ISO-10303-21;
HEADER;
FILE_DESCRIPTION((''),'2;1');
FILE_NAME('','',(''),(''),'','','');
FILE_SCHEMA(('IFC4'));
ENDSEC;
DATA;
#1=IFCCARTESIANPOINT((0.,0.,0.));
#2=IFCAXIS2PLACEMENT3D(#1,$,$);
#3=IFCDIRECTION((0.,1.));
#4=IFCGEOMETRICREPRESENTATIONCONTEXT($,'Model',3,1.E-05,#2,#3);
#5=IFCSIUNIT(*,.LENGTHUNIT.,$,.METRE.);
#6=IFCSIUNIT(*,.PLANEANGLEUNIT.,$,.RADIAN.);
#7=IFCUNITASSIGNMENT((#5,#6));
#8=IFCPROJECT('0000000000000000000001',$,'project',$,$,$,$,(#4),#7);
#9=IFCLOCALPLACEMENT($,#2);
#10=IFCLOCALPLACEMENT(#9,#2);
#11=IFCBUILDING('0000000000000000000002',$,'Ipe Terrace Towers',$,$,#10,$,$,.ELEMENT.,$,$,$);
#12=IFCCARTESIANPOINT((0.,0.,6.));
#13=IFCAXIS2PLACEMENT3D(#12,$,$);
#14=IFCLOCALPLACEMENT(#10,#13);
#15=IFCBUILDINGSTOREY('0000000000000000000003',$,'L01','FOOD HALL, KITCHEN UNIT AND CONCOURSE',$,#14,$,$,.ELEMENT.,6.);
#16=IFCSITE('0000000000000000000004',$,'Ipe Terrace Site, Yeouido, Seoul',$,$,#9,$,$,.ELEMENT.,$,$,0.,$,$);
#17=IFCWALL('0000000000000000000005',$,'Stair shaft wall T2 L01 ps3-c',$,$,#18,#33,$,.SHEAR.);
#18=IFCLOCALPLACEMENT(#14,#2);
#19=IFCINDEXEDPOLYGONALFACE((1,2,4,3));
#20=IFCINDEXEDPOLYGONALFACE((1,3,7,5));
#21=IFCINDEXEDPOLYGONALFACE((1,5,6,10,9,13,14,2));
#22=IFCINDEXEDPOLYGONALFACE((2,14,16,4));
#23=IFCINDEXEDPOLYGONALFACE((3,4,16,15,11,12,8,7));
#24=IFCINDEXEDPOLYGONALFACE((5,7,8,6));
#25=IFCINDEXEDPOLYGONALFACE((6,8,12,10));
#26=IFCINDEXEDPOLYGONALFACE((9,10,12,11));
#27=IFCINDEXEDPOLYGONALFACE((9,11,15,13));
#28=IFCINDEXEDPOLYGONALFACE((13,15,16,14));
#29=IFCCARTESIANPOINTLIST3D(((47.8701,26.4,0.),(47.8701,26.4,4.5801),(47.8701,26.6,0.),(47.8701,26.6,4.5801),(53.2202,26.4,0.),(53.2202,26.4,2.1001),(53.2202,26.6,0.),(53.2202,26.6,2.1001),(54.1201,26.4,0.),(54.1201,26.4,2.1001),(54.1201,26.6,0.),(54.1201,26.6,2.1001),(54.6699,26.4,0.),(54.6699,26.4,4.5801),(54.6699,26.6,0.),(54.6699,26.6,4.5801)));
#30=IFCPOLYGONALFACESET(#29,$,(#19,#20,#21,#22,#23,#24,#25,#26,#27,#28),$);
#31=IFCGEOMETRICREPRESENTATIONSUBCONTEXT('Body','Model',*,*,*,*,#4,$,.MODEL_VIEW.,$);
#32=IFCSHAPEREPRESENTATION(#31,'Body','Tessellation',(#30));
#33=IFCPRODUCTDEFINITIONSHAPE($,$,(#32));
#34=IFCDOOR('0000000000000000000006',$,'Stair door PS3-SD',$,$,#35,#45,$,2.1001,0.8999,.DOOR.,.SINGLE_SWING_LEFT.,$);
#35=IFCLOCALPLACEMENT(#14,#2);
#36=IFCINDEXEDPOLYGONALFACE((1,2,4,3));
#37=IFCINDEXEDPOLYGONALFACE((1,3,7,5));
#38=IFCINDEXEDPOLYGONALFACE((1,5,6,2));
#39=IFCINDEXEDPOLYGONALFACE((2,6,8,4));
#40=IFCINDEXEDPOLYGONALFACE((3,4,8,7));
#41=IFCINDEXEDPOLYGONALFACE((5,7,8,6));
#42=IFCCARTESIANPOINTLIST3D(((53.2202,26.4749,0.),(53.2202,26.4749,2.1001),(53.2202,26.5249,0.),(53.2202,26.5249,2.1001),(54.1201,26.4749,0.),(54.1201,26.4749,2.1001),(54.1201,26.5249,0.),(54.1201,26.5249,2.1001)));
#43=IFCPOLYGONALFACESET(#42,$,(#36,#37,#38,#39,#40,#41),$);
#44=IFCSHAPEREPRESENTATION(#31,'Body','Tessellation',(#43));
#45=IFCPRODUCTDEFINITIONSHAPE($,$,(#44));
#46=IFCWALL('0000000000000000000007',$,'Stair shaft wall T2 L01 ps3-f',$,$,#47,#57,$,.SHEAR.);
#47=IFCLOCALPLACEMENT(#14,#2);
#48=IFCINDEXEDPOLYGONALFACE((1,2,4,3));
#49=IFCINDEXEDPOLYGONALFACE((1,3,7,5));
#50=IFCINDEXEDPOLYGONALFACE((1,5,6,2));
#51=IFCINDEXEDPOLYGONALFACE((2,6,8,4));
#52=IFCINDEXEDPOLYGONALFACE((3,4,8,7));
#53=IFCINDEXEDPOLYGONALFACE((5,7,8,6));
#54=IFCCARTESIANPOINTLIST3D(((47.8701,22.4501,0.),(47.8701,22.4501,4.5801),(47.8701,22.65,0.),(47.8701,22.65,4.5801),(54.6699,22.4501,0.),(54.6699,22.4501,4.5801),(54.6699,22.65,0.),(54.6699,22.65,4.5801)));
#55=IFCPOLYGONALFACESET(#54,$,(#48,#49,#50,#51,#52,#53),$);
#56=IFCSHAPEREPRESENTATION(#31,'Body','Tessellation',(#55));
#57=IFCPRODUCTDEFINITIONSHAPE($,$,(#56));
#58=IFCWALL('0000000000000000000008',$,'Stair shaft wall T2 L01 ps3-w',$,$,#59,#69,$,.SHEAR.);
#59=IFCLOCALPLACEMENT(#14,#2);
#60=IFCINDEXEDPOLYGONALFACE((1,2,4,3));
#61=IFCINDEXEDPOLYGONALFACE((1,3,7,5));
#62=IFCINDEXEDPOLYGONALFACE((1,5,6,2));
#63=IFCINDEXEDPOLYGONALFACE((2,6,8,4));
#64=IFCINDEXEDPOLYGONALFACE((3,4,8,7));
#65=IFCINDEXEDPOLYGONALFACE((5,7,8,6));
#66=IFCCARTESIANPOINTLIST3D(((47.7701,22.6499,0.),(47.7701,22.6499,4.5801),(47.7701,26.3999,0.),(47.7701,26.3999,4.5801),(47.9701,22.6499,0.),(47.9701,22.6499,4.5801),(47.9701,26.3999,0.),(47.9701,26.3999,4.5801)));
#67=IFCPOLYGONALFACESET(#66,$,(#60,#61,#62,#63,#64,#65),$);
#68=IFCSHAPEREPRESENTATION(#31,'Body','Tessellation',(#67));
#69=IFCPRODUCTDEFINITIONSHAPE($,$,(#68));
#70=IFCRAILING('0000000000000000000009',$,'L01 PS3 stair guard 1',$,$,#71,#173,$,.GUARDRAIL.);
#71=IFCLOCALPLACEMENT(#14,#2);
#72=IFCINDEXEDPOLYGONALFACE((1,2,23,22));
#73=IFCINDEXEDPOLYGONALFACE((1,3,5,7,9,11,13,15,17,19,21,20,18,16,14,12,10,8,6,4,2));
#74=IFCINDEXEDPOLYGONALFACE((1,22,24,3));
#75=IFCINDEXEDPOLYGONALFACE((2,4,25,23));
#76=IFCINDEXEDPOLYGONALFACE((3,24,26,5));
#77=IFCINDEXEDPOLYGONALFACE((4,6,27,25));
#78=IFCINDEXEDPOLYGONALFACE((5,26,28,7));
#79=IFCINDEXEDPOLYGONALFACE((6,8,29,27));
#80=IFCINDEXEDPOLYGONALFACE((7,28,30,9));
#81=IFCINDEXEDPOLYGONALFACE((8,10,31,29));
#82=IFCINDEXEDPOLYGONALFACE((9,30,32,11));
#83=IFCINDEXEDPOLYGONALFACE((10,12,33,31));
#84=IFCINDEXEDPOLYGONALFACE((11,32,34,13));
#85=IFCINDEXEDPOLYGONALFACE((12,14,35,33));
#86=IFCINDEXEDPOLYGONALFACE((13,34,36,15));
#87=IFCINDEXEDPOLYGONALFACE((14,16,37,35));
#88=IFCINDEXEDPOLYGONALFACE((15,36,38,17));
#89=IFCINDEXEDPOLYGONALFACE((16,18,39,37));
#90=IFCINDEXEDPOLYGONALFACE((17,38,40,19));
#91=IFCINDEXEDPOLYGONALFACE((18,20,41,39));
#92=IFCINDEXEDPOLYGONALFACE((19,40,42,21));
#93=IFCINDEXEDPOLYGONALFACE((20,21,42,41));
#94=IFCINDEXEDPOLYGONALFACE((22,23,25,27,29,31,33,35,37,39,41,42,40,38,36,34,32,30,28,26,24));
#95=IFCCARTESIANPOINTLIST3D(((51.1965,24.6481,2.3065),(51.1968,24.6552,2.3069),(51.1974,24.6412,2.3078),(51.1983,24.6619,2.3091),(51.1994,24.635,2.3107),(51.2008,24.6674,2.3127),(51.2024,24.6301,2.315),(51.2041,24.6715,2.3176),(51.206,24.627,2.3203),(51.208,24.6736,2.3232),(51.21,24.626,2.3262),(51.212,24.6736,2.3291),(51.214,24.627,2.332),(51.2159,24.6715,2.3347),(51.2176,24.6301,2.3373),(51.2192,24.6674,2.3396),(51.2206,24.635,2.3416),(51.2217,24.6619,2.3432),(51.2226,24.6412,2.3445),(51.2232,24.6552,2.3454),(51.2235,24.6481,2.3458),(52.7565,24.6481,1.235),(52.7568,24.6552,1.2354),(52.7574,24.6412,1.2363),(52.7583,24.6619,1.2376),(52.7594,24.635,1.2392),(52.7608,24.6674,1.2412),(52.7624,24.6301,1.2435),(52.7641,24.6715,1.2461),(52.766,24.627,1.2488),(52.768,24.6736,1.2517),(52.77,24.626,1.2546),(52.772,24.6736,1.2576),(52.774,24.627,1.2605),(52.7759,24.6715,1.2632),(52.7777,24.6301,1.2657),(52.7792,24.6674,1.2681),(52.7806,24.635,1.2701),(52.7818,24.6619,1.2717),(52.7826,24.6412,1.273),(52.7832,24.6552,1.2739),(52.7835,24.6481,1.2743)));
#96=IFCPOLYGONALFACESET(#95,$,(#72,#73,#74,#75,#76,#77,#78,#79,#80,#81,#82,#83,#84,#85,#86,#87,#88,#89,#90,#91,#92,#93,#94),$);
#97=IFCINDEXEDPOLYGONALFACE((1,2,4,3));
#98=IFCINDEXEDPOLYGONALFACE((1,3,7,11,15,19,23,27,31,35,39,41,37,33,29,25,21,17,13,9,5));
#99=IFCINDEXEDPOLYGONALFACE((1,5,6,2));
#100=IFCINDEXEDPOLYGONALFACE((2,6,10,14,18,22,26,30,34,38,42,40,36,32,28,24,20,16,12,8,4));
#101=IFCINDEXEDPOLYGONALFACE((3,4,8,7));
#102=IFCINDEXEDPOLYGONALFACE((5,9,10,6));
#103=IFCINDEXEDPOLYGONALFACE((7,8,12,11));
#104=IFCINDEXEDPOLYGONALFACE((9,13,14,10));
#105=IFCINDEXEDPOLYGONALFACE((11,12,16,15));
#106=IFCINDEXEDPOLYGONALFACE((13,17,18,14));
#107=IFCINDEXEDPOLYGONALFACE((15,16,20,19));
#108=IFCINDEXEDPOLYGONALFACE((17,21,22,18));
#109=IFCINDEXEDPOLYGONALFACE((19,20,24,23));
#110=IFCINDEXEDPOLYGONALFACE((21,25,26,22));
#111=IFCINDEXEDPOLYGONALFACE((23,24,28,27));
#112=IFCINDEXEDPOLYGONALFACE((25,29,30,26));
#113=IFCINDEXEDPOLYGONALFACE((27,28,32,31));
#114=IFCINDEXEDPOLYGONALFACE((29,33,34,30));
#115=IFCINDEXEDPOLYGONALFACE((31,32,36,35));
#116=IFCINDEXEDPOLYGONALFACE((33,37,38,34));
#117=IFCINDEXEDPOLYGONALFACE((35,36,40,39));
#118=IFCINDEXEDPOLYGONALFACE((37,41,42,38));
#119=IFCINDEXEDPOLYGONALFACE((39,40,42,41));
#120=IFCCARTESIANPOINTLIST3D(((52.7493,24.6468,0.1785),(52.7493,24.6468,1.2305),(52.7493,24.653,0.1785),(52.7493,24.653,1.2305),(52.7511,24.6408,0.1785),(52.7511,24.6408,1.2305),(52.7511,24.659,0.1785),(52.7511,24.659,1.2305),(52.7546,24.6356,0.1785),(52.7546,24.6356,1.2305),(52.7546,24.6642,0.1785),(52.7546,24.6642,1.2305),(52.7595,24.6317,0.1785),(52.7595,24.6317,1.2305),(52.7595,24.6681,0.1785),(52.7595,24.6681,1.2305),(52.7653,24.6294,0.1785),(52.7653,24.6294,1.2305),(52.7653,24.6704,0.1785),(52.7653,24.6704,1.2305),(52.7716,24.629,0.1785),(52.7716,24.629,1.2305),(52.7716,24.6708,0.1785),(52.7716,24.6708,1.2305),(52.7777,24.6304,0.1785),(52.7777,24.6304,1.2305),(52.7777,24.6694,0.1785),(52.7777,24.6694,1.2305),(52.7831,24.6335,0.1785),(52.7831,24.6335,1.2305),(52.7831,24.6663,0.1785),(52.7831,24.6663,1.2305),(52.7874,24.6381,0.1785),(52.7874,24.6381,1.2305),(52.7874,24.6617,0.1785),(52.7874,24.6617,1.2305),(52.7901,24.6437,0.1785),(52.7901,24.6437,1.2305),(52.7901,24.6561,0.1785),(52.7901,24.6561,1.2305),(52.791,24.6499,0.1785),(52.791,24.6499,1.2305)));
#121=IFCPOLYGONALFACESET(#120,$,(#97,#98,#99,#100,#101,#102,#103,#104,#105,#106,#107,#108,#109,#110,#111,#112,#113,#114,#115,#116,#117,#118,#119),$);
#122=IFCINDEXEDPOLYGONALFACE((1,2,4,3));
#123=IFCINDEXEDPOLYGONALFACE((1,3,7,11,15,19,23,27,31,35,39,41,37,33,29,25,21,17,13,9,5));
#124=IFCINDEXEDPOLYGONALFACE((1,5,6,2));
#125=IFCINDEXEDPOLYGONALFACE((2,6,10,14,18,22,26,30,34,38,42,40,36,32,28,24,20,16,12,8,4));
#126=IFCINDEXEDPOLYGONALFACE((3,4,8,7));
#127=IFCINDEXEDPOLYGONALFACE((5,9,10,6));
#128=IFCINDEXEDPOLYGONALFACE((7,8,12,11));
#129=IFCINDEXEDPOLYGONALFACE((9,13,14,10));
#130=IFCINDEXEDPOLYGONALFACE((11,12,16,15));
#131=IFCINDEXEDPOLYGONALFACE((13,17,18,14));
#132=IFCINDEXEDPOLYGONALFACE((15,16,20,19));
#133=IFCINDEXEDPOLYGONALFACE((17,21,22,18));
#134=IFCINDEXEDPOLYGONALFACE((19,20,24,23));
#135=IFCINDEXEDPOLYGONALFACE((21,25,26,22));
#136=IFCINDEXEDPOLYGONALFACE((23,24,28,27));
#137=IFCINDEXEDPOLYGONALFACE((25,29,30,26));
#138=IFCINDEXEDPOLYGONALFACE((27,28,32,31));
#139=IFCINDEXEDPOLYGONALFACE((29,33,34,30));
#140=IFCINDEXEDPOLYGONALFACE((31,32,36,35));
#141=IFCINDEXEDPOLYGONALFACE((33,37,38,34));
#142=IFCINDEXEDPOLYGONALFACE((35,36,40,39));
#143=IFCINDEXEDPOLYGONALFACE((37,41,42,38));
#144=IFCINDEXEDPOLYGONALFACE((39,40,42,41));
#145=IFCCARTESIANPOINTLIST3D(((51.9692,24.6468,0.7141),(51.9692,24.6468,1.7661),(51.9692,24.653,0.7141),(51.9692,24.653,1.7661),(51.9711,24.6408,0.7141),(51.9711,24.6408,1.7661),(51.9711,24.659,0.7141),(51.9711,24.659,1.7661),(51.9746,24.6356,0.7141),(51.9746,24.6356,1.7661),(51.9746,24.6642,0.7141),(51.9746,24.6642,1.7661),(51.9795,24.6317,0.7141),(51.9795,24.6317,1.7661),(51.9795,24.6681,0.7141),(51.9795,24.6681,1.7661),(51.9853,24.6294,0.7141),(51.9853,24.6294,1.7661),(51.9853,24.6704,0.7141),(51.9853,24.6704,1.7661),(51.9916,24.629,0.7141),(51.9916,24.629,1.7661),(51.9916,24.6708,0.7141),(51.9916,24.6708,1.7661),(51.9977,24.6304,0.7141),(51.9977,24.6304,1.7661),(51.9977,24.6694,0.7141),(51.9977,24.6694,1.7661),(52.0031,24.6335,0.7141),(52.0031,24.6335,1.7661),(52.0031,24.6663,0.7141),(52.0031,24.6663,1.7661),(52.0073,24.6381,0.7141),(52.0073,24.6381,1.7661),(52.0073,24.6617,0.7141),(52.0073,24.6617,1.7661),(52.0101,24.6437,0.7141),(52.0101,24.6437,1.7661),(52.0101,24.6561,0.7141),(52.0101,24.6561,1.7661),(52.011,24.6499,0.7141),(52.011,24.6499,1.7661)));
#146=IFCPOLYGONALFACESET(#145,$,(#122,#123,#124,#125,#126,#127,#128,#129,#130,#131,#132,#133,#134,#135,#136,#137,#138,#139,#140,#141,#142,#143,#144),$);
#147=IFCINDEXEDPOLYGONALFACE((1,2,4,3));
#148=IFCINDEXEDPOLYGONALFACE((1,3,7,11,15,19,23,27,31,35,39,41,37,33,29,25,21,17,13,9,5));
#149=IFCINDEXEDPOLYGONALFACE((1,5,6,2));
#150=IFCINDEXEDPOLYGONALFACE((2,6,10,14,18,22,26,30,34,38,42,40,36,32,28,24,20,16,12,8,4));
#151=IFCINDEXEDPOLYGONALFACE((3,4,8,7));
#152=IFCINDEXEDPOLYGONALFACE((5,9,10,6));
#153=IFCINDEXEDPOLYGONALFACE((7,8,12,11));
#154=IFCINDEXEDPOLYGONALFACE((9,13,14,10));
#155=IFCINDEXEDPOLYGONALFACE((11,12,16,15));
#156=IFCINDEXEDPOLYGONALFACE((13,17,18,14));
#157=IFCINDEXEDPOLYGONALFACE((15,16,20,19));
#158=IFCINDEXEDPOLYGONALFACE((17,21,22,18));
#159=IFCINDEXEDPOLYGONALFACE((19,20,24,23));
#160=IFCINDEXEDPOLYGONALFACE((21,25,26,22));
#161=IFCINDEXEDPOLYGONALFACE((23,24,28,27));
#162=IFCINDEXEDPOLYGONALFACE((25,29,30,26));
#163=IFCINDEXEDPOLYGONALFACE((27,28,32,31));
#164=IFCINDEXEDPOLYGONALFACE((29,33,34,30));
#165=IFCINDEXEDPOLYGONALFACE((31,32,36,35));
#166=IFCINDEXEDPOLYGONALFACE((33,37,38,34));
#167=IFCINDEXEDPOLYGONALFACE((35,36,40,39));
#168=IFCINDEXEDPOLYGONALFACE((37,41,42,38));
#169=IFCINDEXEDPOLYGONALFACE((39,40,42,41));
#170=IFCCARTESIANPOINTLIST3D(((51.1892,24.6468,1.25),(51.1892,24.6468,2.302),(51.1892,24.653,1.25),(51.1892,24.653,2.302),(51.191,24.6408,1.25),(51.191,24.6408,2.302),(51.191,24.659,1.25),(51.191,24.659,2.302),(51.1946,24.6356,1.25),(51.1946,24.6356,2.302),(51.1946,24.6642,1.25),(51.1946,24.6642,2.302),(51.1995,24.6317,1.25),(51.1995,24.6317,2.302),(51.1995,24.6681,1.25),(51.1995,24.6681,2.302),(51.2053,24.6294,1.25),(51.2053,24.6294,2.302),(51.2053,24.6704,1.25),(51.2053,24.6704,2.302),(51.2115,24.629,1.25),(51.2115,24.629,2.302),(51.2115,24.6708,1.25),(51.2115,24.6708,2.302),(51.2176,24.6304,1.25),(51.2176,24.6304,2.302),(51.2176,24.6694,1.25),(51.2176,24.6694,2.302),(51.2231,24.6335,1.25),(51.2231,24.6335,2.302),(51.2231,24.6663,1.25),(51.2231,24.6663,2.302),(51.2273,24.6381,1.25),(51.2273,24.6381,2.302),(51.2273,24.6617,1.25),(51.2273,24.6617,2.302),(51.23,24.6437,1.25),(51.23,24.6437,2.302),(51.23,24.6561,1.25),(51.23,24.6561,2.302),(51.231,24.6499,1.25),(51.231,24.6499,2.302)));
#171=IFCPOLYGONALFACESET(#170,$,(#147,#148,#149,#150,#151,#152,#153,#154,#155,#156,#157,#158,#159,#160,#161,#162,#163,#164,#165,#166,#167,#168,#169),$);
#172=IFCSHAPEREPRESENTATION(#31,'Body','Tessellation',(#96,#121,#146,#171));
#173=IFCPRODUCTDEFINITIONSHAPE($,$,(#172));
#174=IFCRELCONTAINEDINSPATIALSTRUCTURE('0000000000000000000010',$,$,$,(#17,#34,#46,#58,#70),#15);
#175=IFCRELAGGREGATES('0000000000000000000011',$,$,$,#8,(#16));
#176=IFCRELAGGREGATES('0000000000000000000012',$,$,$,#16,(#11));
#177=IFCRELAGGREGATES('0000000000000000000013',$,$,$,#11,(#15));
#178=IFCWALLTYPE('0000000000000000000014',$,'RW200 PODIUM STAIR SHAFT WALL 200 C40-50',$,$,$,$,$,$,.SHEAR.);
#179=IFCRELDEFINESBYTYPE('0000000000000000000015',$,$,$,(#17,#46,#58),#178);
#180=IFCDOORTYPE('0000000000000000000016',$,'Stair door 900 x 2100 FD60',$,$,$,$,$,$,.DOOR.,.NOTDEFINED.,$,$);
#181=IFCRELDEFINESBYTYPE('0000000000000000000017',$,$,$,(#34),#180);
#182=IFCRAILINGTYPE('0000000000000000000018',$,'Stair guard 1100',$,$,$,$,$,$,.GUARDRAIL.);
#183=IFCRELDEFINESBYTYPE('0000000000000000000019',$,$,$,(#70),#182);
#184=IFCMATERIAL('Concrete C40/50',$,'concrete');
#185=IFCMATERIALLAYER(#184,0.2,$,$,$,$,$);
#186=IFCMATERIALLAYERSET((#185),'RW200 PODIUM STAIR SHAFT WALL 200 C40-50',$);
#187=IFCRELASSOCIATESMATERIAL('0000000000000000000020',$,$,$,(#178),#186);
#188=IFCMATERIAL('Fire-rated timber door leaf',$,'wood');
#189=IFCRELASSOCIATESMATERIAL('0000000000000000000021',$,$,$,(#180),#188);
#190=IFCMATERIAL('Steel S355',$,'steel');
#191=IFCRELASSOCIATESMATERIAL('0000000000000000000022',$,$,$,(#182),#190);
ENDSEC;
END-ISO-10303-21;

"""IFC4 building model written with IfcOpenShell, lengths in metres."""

from ifc_helpers import new_model, si_unit, direction, frame, frame_2d, origin, origin_2d, place, context, subcontext, project, spatial, rectangle, circle, extrude, material, layer, layer_set, type_object, element, fill, save


model = new_model("IFC4")

# Units and contexts
model_context = context("Model", 3, precision=1e-05, world=origin(), true_north=direction((0.0, 1.0)))
body_context = subcontext(model_context, "Body", "Model", "MODEL_VIEW")
ifc_project = project(units=[si_unit("LENGTHUNIT", "METRE"), si_unit("PLANEANGLEUNIT", "RADIAN")], contexts=[model_context])

# Site, building, storey
site_placement = place(None, origin())
site = spatial("IfcSite", under=ifc_project, at=site_placement, Name="Ipe Terrace Site, Yeouido, Seoul", CompositionType="ELEMENT", RefElevation=0.0)
building_placement = place(site_placement, origin())
building = spatial("IfcBuilding", under=site, at=building_placement, Name="Ipe Terrace Towers", CompositionType="ELEMENT")
storey_placement = place(building_placement, frame((0.0, 0.0, 6.0)))
storey = spatial("IfcBuildingStorey", under=building, at=storey_placement, Name="L01", Description="FOOD HALL, KITCHEN UNIT AND CONCOURSE", CompositionType="ELEMENT", Elevation=6.0)

# Wall, opening, door
ifc_material_1 = material(Name="Concrete C40/50", Category="concrete")
ifc_layer_1 = layer(ifc_material_1, 0.2)
ifc_layer_set_1 = layer_set([ifc_layer_1], Name="RW200 PODIUM STAIR SHAFT WALL 200 C40-50")
wall_type_1 = type_object("IfcWallType", Name="RW200 PODIUM STAIR SHAFT WALL 200 C40-50", PredefinedType="SHEAR", material=ifc_layer_set_1)
wall_1_placement = place(storey_placement, frame((47.8701, 26.5, 0.0), z_axis=(0.0, 0.0, 1.0), x_axis=(1.0, 0.0, 0.0)))
wall_1 = element("IfcWall", 1, at=wall_1_placement, inside=storey, type_object=wall_type_1, Name="Stair shaft wall T2 L01 ps3-c", PredefinedType="SHEAR", context=body_context, shape_type="SweptSolid", body=[
    extrude(rectangle(XDim=6.7998, YDim=0.2, at=frame_2d((3.3999, 0.0))), origin(), (0.0, 0.0, 1.0), 4.5801),
])
opening_1_placement = place(wall_1_placement, frame((5.3501, 0.0, 0.0)))
opening_1 = element("IfcOpeningElement", 2, at=opening_1_placement, cuts=wall_1, PredefinedType="OPENING", context=body_context, shape_type="SweptSolid", body=[
    extrude(rectangle(XDim=0.8999, YDim=2.1001, at=frame_2d((0.45, 1.05))), frame((0.0, 0.1099, 0.0), z_axis=(0.0, -1.0, 0.0), x_axis=(1.0, 0.0, 0.0)), (0.0, 0.0, 1.0), 0.22),
])
ifc_material_2 = material(Name="Fire-rated timber door leaf", Category="wood")
door_type_1 = type_object("IfcDoorType", Name="Stair door 900 x 2100 FD60", OperationType="NOTDEFINED", PredefinedType="DOOR", material=ifc_material_2)
door_1_placement = place(opening_1_placement, origin())
door_1 = element("IfcDoor", 3, at=door_1_placement, inside=storey, type_object=door_type_1, Name="Stair door PS3-SD", OperationType="SINGLE_SWING_LEFT", OverallHeight=2.1001, OverallWidth=0.8999, PredefinedType="DOOR", context=body_context, shape_type="SweptSolid", body=[
    extrude(rectangle(XDim=0.8999, YDim=2.1001, at=frame_2d((0.45, 1.05))), frame((0.0, 0.0249, 0.0), z_axis=(0.0, -1.0, 0.0), x_axis=(1.0, 0.0, 0.0)), (0.0, 0.0, 1.0), 0.05),
])
fill(opening_1, door_1)

# Walls
wall_2_placement = place(storey_placement, frame((47.8701, 22.55, 0.0), z_axis=(0.0, 0.0, 1.0), x_axis=(1.0, 0.0, 0.0)))
element("IfcWall", 4, at=wall_2_placement, inside=storey, type_object=wall_type_1, Name="Stair shaft wall T2 L01 ps3-f", PredefinedType="SHEAR", context=body_context, shape_type="SweptSolid", body=[
    extrude(rectangle(XDim=6.7998, YDim=0.2, at=frame_2d((3.3999, 0.0))), origin(), (0.0, 0.0, 1.0), 4.5801),
])
wall_3_placement = place(storey_placement, frame((47.8701, 22.6499, 0.0), z_axis=(0.0, 0.0, 1.0), x_axis=(0.0, 1.0, 0.0)))
element("IfcWall", 5, at=wall_3_placement, inside=storey, type_object=wall_type_1, Name="Stair shaft wall T2 L01 ps3-w", PredefinedType="SHEAR", context=body_context, shape_type="SweptSolid", body=[
    extrude(rectangle(XDim=3.75, YDim=0.2, at=frame_2d((1.875, 0.0))), origin(), (0.0, 0.0, 1.0), 4.5801),
])

# Railing
ifc_material_3 = material(Name="Steel S355", Category="steel")
railing_type_1 = type_object("IfcRailingType", Name="Stair guard 1100", PredefinedType="GUARDRAIL", material=ifc_material_3)
railing_1_placement = place(storey_placement, frame((52.77, 24.6499, 0.1785)))
element("IfcRailing", 6, at=railing_1_placement, inside=storey, type_object=railing_type_1, Name="L01 PS3 stair guard 1", PredefinedType="GUARDRAIL", context=body_context, shape_type="SweptSolid", body=[
    extrude(circle(Radius=0.0239, at=origin_2d()), frame((0.0, 0.0, 1.0762), z_axis=(-0.82429, 0.0, 0.566167), x_axis=(0.0, -1.0, 0.0)), (0.0, 0.0, 1.0), 1.8926),
    extrude(circle(Radius=0.021, at=origin_2d()), origin(), (0.0, 0.0, 1.0), 1.052),
    extrude(circle(Radius=0.021, at=origin_2d()), frame((-0.78, 0.0, 0.5356)), (0.0, 0.0, 1.0), 1.052),
    extrude(circle(Radius=0.021, at=origin_2d()), frame((-1.5601, 0.0, 1.0715)), (0.0, 0.0, 1.0), 1.052),
])

save(model, "model.ifc")
